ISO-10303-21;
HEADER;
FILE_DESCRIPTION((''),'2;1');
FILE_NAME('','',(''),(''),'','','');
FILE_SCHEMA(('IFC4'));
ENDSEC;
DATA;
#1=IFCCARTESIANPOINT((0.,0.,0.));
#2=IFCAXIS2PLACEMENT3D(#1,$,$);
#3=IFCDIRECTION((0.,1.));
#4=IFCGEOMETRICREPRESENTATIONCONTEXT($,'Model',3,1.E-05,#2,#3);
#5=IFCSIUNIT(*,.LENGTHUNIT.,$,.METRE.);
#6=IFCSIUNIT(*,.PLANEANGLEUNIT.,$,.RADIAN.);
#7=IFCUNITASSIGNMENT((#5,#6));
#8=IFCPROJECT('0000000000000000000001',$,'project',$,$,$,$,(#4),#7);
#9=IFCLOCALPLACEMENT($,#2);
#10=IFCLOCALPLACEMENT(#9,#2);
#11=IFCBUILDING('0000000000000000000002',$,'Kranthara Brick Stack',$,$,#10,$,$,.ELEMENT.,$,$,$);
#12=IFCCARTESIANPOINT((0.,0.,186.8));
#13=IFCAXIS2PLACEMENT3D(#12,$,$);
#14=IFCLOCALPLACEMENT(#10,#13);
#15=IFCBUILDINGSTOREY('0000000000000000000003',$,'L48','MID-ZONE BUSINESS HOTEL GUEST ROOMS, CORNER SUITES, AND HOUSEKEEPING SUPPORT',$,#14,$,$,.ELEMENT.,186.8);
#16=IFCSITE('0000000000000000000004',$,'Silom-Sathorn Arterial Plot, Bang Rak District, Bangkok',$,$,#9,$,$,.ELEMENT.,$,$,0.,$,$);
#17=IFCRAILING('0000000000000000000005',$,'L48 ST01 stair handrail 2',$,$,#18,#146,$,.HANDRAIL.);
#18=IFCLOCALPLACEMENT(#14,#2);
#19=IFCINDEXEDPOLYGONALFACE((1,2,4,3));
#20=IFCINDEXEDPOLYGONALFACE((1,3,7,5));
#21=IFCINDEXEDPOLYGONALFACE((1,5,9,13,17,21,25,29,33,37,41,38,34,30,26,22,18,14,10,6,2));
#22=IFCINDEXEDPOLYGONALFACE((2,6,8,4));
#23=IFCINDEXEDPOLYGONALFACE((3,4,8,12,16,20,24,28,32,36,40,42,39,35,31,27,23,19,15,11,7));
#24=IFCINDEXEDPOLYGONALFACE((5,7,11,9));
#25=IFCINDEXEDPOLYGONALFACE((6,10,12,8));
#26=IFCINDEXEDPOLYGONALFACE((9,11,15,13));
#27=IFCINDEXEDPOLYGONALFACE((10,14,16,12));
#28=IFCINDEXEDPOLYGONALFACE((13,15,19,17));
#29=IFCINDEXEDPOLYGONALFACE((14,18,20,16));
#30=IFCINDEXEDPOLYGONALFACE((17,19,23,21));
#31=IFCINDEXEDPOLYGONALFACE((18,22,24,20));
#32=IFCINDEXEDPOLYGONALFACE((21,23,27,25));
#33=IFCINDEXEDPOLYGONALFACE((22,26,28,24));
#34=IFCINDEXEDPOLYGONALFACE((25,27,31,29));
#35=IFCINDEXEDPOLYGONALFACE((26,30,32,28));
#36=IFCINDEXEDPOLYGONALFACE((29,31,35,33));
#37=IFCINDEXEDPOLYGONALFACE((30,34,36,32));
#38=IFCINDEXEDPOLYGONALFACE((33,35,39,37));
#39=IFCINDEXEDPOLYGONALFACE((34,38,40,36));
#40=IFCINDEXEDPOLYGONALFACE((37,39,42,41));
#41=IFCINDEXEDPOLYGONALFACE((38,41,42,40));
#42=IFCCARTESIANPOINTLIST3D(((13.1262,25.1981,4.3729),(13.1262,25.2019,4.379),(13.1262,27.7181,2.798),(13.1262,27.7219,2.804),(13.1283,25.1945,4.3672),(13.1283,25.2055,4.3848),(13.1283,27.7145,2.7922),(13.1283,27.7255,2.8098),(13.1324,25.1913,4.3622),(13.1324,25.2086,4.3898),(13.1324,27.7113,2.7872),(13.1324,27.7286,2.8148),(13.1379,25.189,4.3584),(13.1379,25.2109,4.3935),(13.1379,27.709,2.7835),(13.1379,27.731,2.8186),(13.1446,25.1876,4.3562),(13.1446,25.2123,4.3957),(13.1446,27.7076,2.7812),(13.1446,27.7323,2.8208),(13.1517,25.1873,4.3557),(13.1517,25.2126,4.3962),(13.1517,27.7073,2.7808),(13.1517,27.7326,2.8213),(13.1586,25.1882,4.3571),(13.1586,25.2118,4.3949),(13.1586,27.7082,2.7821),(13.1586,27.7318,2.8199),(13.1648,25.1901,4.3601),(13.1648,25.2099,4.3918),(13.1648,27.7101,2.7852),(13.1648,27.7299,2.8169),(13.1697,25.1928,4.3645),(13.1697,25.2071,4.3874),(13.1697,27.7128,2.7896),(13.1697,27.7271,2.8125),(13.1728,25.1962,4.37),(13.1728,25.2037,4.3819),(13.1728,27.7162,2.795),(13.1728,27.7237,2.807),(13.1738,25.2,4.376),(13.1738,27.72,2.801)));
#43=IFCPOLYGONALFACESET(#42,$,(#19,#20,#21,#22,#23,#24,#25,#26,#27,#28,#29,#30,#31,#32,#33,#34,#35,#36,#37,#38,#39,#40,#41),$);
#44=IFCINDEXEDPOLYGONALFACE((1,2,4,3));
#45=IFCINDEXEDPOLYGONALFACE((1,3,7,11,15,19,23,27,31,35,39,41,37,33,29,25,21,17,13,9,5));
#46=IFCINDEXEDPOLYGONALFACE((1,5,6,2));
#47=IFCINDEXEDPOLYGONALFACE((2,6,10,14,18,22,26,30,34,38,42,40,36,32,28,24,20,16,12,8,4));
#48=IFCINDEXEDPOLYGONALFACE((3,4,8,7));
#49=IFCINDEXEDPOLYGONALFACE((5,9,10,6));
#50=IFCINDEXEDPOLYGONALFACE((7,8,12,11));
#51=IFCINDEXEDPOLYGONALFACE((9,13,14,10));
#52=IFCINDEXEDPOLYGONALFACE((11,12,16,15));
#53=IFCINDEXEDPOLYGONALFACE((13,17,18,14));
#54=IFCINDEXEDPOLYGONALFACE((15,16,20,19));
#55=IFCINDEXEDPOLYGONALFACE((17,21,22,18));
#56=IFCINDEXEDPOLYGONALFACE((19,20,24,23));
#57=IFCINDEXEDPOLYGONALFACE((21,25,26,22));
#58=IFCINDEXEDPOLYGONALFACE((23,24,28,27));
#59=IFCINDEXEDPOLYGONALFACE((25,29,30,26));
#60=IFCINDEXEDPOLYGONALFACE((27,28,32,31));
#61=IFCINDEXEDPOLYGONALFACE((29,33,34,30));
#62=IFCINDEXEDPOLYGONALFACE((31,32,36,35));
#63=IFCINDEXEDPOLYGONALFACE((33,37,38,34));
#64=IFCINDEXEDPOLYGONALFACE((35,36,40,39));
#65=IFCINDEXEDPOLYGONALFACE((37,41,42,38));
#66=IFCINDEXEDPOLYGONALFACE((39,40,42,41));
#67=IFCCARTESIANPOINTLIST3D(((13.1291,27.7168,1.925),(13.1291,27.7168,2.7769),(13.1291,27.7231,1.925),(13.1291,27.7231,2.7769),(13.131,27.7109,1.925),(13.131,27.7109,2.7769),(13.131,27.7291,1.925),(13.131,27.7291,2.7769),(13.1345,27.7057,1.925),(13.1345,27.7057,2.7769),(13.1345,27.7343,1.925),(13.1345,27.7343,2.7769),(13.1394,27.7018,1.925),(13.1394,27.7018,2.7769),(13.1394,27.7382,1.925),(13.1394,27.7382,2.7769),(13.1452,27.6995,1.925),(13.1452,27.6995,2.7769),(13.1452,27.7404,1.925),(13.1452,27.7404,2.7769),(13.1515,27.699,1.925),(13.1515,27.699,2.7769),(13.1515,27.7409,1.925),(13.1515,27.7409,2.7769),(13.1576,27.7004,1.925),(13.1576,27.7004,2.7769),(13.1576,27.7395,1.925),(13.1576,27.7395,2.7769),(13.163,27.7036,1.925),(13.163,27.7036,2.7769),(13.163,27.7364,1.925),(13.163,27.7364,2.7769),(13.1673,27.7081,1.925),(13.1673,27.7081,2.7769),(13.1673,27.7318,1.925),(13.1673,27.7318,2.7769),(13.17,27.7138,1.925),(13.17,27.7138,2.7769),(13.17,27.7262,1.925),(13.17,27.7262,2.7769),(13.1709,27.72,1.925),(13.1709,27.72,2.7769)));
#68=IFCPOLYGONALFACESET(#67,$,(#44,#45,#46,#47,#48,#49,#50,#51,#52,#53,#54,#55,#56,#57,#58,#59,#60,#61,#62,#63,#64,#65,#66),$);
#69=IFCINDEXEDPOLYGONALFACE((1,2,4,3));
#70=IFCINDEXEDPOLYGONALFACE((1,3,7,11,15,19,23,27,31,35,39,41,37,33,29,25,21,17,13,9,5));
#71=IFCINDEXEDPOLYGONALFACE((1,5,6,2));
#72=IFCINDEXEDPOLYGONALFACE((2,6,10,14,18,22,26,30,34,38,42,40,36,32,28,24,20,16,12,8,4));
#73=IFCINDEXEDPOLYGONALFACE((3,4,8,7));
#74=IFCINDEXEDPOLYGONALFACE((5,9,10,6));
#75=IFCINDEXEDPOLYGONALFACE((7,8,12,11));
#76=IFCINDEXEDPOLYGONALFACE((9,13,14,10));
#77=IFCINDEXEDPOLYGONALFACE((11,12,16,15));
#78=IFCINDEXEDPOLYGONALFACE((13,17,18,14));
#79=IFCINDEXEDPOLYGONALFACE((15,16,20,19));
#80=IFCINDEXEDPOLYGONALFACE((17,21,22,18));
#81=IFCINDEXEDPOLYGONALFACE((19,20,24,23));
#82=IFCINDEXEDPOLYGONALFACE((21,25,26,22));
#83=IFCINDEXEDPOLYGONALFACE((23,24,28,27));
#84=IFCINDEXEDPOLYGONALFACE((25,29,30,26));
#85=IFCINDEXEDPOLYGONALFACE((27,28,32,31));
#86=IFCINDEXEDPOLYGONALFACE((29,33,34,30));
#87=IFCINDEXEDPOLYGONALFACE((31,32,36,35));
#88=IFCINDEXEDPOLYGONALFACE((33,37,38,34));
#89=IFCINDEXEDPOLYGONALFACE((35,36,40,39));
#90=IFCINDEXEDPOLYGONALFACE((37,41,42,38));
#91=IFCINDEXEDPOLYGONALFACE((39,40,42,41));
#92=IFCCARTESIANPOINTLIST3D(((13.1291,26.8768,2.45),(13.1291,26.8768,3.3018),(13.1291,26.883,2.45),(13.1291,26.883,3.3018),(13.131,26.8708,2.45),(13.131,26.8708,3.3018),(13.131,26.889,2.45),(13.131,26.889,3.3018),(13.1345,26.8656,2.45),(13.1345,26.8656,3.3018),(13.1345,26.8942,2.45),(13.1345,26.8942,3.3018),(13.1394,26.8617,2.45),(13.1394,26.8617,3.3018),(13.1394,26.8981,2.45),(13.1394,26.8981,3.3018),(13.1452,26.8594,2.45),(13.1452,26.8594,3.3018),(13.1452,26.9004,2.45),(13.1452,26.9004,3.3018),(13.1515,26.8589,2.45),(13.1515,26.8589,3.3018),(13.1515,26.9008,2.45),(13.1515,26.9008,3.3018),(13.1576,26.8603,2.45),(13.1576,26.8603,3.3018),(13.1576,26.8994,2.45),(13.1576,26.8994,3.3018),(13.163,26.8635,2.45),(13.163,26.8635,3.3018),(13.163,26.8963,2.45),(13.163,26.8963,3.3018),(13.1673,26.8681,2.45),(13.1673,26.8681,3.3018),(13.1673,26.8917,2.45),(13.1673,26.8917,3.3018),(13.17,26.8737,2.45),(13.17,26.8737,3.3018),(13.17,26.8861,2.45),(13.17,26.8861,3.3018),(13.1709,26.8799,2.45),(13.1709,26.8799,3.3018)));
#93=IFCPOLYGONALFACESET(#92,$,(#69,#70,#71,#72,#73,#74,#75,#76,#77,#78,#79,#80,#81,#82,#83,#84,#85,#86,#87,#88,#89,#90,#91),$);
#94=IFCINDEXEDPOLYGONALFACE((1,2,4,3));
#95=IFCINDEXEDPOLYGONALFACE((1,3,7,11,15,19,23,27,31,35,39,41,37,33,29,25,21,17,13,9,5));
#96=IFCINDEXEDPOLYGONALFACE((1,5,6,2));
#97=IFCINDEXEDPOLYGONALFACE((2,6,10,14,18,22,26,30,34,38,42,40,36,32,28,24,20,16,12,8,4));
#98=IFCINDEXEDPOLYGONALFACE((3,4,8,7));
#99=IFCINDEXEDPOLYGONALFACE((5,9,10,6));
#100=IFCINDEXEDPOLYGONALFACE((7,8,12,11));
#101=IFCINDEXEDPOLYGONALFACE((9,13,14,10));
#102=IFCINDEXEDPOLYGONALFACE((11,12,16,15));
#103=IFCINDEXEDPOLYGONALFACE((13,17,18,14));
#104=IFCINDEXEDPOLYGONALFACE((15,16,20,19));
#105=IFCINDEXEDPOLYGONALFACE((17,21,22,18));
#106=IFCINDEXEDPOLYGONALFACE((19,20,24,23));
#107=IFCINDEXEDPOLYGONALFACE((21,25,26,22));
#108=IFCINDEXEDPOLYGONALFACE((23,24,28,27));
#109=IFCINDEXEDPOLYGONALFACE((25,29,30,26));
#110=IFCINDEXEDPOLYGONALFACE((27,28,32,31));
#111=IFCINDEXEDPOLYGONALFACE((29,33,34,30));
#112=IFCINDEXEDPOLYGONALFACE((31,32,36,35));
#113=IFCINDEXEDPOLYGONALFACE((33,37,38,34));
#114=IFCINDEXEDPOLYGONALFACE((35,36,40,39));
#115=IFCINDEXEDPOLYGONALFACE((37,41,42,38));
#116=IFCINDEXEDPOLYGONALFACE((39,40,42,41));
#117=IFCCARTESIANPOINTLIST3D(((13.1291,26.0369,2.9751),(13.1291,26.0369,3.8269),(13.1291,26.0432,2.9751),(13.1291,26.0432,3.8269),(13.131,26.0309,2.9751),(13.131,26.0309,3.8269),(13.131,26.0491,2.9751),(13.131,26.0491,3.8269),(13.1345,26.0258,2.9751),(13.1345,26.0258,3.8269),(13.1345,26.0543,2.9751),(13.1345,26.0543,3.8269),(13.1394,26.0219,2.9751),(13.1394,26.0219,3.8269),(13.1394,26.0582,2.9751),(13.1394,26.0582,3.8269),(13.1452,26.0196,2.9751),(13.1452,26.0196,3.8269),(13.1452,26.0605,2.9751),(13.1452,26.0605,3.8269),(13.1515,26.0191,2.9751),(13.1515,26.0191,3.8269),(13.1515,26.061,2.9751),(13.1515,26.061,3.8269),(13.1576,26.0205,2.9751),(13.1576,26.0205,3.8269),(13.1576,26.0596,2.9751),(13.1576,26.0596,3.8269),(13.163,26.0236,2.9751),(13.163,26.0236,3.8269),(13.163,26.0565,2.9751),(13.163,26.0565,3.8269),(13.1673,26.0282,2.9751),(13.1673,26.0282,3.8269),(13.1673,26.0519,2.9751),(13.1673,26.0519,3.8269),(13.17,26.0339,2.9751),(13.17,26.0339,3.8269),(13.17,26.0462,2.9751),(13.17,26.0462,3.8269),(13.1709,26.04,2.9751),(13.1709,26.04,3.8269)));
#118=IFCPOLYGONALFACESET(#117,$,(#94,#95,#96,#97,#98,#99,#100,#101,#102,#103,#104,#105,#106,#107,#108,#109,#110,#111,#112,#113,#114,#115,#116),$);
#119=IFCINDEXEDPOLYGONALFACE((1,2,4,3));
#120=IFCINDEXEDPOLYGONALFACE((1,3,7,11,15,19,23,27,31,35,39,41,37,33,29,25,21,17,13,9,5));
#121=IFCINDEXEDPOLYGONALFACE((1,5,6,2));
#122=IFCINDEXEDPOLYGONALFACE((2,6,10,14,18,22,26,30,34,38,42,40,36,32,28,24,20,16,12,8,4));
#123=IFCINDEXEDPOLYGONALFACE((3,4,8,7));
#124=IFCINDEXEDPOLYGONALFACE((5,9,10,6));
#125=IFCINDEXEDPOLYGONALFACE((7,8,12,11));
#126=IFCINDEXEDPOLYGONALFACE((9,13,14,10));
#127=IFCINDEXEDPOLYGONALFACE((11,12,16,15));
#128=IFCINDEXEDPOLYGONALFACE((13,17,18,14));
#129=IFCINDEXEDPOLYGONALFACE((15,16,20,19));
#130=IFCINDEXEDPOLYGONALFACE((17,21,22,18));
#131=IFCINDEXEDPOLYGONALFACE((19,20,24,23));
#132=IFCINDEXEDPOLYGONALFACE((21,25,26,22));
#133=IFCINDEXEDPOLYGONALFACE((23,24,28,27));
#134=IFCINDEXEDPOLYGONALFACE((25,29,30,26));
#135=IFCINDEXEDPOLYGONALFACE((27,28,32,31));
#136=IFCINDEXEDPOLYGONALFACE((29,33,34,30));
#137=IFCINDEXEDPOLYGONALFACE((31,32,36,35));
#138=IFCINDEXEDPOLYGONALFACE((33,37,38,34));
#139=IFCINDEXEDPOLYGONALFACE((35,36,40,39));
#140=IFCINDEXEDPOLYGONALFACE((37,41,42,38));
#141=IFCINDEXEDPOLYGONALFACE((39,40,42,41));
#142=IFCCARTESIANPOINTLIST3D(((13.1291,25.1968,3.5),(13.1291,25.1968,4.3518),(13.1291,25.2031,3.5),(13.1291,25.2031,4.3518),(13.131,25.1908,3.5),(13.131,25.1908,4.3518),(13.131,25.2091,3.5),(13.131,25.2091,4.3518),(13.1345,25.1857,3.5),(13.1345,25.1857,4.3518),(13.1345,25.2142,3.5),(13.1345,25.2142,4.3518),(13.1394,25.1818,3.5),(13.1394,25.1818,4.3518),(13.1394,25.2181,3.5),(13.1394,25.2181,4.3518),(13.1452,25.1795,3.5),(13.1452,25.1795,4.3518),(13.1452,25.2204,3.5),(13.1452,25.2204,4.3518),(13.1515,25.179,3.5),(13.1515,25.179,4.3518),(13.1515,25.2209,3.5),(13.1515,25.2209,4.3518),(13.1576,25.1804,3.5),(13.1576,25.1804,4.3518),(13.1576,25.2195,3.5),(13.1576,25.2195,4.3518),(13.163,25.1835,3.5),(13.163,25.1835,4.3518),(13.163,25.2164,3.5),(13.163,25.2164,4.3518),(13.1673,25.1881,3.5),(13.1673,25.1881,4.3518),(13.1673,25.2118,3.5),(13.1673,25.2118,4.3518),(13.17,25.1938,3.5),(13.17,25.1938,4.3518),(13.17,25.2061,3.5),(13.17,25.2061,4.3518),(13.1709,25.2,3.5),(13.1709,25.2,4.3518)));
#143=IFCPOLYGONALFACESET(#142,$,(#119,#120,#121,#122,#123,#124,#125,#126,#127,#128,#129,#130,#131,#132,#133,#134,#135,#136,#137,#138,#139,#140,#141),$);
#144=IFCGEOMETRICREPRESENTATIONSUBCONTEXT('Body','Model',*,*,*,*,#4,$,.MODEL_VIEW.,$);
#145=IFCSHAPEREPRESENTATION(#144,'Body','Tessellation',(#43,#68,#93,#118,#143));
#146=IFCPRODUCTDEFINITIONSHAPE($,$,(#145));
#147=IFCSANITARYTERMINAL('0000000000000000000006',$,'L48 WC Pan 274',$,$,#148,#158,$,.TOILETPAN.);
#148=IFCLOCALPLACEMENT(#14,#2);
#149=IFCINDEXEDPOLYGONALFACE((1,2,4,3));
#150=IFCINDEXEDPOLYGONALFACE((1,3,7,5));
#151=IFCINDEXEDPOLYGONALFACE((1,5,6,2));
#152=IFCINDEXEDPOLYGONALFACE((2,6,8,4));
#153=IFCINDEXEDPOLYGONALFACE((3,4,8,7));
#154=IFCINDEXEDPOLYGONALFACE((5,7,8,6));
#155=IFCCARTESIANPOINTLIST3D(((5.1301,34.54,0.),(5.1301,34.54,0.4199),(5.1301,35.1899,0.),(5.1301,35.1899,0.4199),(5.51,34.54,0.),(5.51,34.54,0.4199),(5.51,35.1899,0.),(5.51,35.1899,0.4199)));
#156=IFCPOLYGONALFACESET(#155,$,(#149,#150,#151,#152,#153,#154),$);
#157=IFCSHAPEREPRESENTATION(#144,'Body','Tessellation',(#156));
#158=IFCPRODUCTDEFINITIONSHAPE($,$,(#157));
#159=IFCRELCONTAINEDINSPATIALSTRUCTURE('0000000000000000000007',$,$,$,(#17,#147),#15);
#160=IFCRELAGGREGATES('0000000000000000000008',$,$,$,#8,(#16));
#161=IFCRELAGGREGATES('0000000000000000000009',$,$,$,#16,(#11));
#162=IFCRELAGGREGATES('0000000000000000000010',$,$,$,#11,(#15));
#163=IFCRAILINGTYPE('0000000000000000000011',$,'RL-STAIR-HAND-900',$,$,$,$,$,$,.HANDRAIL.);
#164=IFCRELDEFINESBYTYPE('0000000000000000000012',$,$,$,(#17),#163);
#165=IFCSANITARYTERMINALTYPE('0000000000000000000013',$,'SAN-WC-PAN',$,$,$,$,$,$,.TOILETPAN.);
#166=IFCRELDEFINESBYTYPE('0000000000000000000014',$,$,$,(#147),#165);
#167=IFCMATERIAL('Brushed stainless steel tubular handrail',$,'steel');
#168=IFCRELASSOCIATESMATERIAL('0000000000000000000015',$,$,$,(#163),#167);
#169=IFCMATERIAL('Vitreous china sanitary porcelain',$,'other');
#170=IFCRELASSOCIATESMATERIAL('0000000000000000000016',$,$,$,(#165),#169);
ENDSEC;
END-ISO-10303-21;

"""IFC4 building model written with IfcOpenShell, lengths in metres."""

from ifc_helpers import new_model, si_unit, direction, frame, origin, origin_2d, place, context, subcontext, project, spatial, rectangle, circle, extrude, material, type_object, element, save


model = new_model("IFC4")

# Units and contexts
model_context = context("Model", 3, precision=1e-05, world=origin(), true_north=direction((0.0, 1.0)))
body_context = subcontext(model_context, "Body", "Model", "MODEL_VIEW")
ifc_project = project(units=[si_unit("LENGTHUNIT", "METRE"), si_unit("PLANEANGLEUNIT", "RADIAN")], contexts=[model_context])

# Site, building, storey
site_placement = place(None, origin())
site = spatial("IfcSite", under=ifc_project, at=site_placement, Name="Silom-Sathorn Arterial Plot, Bang Rak District, Bangkok", CompositionType="ELEMENT", RefElevation=0.0)
building_placement = place(site_placement, origin())
building = spatial("IfcBuilding", under=site, at=building_placement, Name="Kranthara Brick Stack", CompositionType="ELEMENT")
storey_placement = place(building_placement, frame((0.0, 0.0, 186.8)))
storey = spatial("IfcBuildingStorey", under=building, at=storey_placement, Name="L48", Description="MID-ZONE BUSINESS HOTEL GUEST ROOMS, CORNER SUITES, AND HOUSEKEEPING SUPPORT", CompositionType="ELEMENT", Elevation=186.8)

# Railing
ifc_material_1 = material(Name="Brushed stainless steel tubular handrail", Category="steel")
railing_type_1 = type_object("IfcRailingType", Name="RL-STAIR-HAND-900", PredefinedType="HANDRAIL", material=ifc_material_1)
railing_1_placement = place(storey_placement, frame((13.1499, 27.72, 1.925)))
element("IfcRailing", 1, at=railing_1_placement, inside=storey, type_object=railing_type_1, Name="L48 ST01 stair handrail 2", PredefinedType="HANDRAIL", context=body_context, shape_type="SweptSolid", body=[
    extrude(circle(Radius=0.0239, at=origin_2d()), frame((0.0, 0.0, 0.876), z_axis=(0.0, -0.848008, 0.529984), x_axis=(1.0, 0.0, 0.0)), (0.0, 0.0, 1.0), 2.9717),
    extrude(circle(Radius=0.021, at=origin_2d()), origin(), (0.0, 0.0, 1.0), 0.8518),
    extrude(circle(Radius=0.021, at=origin_2d()), frame((0.0, -0.8401, 0.5249)), (0.0, 0.0, 1.0), 0.8518),
    extrude(circle(Radius=0.021, at=origin_2d()), frame((0.0, -1.6799, 1.05)), (0.0, 0.0, 1.0), 0.8518),
    extrude(circle(Radius=0.021, at=origin_2d()), frame((0.0, -2.52, 1.575)), (0.0, 0.0, 1.0), 0.8518),
])

# Sanitary terminal
ifc_material_2 = material(Name="Vitreous china sanitary porcelain", Category="other")
sanitary_terminal_type = type_object("IfcSanitaryTerminalType", Name="SAN-WC-PAN", PredefinedType="TOILETPAN", material=ifc_material_2)
sanitary_terminal_placement = place(storey_placement, frame((5.3201, 34.865, 0.0), z_axis=(0.0, 0.0, 1.0), x_axis=(1.0, 0.0, 0.0)))
element("IfcSanitaryTerminal", 2, at=sanitary_terminal_placement, inside=storey, type_object=sanitary_terminal_type, Name="L48 WC Pan 274", PredefinedType="TOILETPAN", context=body_context, shape_type="SweptSolid", body=[
    extrude(rectangle(XDim=0.3799, YDim=0.6499, at=origin_2d()), origin(), (0.0, 0.0, 1.0), 0.4199),
])

save(model, "model.ifc")
